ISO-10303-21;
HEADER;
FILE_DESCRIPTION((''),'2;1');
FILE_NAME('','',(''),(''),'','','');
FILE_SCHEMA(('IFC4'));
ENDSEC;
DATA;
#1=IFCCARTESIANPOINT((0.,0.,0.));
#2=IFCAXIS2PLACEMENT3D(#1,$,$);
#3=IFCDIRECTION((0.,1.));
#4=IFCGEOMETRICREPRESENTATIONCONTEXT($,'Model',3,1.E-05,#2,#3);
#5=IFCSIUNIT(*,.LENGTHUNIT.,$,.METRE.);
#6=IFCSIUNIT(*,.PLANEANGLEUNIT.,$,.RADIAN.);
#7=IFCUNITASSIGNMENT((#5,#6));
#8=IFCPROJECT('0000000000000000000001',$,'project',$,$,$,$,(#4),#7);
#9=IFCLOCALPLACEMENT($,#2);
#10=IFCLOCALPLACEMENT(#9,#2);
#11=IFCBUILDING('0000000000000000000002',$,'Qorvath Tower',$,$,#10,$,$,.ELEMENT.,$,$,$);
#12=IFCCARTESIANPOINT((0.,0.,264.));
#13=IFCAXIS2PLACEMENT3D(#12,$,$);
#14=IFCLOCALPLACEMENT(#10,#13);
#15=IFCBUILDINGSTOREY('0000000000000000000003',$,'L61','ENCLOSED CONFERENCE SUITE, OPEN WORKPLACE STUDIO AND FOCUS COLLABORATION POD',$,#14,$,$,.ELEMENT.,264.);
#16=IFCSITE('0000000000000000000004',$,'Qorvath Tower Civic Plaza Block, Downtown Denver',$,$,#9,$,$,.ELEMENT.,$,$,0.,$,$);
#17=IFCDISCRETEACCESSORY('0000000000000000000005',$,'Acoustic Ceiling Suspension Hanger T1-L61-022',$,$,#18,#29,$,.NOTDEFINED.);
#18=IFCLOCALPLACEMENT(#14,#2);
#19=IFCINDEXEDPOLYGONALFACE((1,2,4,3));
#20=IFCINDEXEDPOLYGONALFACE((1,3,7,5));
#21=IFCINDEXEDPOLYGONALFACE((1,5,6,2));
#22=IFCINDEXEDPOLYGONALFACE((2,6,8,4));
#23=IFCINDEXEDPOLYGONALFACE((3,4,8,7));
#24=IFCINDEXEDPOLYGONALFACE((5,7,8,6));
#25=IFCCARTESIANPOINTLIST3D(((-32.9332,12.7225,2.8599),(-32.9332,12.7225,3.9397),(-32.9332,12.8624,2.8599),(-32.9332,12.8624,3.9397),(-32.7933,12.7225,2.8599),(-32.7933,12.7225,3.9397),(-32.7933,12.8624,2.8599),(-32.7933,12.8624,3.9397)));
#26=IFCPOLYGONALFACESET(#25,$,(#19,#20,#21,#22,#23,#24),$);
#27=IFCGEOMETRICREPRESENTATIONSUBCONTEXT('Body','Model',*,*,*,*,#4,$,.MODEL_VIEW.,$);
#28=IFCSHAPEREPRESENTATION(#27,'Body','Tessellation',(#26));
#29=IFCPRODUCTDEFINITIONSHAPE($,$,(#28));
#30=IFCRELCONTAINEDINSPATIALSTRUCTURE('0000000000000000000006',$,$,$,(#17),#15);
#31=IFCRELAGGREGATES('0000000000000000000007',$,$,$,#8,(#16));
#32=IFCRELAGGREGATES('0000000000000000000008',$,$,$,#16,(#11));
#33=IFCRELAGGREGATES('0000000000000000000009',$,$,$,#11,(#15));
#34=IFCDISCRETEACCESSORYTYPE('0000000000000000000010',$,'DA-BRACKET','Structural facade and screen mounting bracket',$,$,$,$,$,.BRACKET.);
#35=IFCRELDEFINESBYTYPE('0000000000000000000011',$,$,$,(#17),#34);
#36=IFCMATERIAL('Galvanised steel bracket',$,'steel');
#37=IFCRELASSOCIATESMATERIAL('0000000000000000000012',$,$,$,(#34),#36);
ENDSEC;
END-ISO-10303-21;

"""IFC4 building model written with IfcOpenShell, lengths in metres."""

from ifc_helpers import new_model, si_unit, direction, frame, origin, origin_2d, place, context, subcontext, project, spatial, rectangle, extrude, material, type_object, element, save


model = new_model("IFC4")

# Units and contexts
model_context = context("Model", 3, precision=1e-05, world=origin(), true_north=direction((0.0, 1.0)))
body_context = subcontext(model_context, "Body", "Model", "MODEL_VIEW")
ifc_project = project(units=[si_unit("LENGTHUNIT", "METRE"), si_unit("PLANEANGLEUNIT", "RADIAN")], contexts=[model_context])

# Site, building, storey
site_placement = place(None, origin())
site = spatial("IfcSite", under=ifc_project, at=site_placement, Name="Qorvath Tower Civic Plaza Block, Downtown Denver", CompositionType="ELEMENT", RefElevation=0.0)
building_placement = place(site_placement, origin())
building = spatial("IfcBuilding", under=site, at=building_placement, Name="Qorvath Tower", CompositionType="ELEMENT")
storey_placement = place(building_placement, frame((0.0, 0.0, 264.0)))
storey = spatial("IfcBuildingStorey", under=building, at=storey_placement, Name="L61", Description="ENCLOSED CONFERENCE SUITE, OPEN WORKPLACE STUDIO AND FOCUS COLLABORATION POD", CompositionType="ELEMENT", Elevation=264.0)

# Discrete accessory
ifc_material_1 = material(Name="Galvanised steel bracket", Category="steel")
discrete_accessory_type = type_object("IfcDiscreteAccessoryType", Name="DA-BRACKET", Description="Structural facade and screen mounting bracket", PredefinedType="BRACKET", material=ifc_material_1)
discrete_accessory_placement = place(storey_placement, frame((-32.8633, 12.7925, 2.8599), z_axis=(0.0, 0.0, 1.0), x_axis=(1.0, 0.0, 0.0)))
element("IfcDiscreteAccessory", 1, at=discrete_accessory_placement, inside=storey, type_object=discrete_accessory_type, Name="Acoustic Ceiling Suspension Hanger T1-L61-022", PredefinedType="NOTDEFINED", context=body_context, shape_type="SweptSolid", body=[
    extrude(rectangle(XDim=0.1399, YDim=0.1399, at=origin_2d()), origin(), (0.0, 0.0, 1.0), 1.0798),
])

save(model, "model.ifc")
